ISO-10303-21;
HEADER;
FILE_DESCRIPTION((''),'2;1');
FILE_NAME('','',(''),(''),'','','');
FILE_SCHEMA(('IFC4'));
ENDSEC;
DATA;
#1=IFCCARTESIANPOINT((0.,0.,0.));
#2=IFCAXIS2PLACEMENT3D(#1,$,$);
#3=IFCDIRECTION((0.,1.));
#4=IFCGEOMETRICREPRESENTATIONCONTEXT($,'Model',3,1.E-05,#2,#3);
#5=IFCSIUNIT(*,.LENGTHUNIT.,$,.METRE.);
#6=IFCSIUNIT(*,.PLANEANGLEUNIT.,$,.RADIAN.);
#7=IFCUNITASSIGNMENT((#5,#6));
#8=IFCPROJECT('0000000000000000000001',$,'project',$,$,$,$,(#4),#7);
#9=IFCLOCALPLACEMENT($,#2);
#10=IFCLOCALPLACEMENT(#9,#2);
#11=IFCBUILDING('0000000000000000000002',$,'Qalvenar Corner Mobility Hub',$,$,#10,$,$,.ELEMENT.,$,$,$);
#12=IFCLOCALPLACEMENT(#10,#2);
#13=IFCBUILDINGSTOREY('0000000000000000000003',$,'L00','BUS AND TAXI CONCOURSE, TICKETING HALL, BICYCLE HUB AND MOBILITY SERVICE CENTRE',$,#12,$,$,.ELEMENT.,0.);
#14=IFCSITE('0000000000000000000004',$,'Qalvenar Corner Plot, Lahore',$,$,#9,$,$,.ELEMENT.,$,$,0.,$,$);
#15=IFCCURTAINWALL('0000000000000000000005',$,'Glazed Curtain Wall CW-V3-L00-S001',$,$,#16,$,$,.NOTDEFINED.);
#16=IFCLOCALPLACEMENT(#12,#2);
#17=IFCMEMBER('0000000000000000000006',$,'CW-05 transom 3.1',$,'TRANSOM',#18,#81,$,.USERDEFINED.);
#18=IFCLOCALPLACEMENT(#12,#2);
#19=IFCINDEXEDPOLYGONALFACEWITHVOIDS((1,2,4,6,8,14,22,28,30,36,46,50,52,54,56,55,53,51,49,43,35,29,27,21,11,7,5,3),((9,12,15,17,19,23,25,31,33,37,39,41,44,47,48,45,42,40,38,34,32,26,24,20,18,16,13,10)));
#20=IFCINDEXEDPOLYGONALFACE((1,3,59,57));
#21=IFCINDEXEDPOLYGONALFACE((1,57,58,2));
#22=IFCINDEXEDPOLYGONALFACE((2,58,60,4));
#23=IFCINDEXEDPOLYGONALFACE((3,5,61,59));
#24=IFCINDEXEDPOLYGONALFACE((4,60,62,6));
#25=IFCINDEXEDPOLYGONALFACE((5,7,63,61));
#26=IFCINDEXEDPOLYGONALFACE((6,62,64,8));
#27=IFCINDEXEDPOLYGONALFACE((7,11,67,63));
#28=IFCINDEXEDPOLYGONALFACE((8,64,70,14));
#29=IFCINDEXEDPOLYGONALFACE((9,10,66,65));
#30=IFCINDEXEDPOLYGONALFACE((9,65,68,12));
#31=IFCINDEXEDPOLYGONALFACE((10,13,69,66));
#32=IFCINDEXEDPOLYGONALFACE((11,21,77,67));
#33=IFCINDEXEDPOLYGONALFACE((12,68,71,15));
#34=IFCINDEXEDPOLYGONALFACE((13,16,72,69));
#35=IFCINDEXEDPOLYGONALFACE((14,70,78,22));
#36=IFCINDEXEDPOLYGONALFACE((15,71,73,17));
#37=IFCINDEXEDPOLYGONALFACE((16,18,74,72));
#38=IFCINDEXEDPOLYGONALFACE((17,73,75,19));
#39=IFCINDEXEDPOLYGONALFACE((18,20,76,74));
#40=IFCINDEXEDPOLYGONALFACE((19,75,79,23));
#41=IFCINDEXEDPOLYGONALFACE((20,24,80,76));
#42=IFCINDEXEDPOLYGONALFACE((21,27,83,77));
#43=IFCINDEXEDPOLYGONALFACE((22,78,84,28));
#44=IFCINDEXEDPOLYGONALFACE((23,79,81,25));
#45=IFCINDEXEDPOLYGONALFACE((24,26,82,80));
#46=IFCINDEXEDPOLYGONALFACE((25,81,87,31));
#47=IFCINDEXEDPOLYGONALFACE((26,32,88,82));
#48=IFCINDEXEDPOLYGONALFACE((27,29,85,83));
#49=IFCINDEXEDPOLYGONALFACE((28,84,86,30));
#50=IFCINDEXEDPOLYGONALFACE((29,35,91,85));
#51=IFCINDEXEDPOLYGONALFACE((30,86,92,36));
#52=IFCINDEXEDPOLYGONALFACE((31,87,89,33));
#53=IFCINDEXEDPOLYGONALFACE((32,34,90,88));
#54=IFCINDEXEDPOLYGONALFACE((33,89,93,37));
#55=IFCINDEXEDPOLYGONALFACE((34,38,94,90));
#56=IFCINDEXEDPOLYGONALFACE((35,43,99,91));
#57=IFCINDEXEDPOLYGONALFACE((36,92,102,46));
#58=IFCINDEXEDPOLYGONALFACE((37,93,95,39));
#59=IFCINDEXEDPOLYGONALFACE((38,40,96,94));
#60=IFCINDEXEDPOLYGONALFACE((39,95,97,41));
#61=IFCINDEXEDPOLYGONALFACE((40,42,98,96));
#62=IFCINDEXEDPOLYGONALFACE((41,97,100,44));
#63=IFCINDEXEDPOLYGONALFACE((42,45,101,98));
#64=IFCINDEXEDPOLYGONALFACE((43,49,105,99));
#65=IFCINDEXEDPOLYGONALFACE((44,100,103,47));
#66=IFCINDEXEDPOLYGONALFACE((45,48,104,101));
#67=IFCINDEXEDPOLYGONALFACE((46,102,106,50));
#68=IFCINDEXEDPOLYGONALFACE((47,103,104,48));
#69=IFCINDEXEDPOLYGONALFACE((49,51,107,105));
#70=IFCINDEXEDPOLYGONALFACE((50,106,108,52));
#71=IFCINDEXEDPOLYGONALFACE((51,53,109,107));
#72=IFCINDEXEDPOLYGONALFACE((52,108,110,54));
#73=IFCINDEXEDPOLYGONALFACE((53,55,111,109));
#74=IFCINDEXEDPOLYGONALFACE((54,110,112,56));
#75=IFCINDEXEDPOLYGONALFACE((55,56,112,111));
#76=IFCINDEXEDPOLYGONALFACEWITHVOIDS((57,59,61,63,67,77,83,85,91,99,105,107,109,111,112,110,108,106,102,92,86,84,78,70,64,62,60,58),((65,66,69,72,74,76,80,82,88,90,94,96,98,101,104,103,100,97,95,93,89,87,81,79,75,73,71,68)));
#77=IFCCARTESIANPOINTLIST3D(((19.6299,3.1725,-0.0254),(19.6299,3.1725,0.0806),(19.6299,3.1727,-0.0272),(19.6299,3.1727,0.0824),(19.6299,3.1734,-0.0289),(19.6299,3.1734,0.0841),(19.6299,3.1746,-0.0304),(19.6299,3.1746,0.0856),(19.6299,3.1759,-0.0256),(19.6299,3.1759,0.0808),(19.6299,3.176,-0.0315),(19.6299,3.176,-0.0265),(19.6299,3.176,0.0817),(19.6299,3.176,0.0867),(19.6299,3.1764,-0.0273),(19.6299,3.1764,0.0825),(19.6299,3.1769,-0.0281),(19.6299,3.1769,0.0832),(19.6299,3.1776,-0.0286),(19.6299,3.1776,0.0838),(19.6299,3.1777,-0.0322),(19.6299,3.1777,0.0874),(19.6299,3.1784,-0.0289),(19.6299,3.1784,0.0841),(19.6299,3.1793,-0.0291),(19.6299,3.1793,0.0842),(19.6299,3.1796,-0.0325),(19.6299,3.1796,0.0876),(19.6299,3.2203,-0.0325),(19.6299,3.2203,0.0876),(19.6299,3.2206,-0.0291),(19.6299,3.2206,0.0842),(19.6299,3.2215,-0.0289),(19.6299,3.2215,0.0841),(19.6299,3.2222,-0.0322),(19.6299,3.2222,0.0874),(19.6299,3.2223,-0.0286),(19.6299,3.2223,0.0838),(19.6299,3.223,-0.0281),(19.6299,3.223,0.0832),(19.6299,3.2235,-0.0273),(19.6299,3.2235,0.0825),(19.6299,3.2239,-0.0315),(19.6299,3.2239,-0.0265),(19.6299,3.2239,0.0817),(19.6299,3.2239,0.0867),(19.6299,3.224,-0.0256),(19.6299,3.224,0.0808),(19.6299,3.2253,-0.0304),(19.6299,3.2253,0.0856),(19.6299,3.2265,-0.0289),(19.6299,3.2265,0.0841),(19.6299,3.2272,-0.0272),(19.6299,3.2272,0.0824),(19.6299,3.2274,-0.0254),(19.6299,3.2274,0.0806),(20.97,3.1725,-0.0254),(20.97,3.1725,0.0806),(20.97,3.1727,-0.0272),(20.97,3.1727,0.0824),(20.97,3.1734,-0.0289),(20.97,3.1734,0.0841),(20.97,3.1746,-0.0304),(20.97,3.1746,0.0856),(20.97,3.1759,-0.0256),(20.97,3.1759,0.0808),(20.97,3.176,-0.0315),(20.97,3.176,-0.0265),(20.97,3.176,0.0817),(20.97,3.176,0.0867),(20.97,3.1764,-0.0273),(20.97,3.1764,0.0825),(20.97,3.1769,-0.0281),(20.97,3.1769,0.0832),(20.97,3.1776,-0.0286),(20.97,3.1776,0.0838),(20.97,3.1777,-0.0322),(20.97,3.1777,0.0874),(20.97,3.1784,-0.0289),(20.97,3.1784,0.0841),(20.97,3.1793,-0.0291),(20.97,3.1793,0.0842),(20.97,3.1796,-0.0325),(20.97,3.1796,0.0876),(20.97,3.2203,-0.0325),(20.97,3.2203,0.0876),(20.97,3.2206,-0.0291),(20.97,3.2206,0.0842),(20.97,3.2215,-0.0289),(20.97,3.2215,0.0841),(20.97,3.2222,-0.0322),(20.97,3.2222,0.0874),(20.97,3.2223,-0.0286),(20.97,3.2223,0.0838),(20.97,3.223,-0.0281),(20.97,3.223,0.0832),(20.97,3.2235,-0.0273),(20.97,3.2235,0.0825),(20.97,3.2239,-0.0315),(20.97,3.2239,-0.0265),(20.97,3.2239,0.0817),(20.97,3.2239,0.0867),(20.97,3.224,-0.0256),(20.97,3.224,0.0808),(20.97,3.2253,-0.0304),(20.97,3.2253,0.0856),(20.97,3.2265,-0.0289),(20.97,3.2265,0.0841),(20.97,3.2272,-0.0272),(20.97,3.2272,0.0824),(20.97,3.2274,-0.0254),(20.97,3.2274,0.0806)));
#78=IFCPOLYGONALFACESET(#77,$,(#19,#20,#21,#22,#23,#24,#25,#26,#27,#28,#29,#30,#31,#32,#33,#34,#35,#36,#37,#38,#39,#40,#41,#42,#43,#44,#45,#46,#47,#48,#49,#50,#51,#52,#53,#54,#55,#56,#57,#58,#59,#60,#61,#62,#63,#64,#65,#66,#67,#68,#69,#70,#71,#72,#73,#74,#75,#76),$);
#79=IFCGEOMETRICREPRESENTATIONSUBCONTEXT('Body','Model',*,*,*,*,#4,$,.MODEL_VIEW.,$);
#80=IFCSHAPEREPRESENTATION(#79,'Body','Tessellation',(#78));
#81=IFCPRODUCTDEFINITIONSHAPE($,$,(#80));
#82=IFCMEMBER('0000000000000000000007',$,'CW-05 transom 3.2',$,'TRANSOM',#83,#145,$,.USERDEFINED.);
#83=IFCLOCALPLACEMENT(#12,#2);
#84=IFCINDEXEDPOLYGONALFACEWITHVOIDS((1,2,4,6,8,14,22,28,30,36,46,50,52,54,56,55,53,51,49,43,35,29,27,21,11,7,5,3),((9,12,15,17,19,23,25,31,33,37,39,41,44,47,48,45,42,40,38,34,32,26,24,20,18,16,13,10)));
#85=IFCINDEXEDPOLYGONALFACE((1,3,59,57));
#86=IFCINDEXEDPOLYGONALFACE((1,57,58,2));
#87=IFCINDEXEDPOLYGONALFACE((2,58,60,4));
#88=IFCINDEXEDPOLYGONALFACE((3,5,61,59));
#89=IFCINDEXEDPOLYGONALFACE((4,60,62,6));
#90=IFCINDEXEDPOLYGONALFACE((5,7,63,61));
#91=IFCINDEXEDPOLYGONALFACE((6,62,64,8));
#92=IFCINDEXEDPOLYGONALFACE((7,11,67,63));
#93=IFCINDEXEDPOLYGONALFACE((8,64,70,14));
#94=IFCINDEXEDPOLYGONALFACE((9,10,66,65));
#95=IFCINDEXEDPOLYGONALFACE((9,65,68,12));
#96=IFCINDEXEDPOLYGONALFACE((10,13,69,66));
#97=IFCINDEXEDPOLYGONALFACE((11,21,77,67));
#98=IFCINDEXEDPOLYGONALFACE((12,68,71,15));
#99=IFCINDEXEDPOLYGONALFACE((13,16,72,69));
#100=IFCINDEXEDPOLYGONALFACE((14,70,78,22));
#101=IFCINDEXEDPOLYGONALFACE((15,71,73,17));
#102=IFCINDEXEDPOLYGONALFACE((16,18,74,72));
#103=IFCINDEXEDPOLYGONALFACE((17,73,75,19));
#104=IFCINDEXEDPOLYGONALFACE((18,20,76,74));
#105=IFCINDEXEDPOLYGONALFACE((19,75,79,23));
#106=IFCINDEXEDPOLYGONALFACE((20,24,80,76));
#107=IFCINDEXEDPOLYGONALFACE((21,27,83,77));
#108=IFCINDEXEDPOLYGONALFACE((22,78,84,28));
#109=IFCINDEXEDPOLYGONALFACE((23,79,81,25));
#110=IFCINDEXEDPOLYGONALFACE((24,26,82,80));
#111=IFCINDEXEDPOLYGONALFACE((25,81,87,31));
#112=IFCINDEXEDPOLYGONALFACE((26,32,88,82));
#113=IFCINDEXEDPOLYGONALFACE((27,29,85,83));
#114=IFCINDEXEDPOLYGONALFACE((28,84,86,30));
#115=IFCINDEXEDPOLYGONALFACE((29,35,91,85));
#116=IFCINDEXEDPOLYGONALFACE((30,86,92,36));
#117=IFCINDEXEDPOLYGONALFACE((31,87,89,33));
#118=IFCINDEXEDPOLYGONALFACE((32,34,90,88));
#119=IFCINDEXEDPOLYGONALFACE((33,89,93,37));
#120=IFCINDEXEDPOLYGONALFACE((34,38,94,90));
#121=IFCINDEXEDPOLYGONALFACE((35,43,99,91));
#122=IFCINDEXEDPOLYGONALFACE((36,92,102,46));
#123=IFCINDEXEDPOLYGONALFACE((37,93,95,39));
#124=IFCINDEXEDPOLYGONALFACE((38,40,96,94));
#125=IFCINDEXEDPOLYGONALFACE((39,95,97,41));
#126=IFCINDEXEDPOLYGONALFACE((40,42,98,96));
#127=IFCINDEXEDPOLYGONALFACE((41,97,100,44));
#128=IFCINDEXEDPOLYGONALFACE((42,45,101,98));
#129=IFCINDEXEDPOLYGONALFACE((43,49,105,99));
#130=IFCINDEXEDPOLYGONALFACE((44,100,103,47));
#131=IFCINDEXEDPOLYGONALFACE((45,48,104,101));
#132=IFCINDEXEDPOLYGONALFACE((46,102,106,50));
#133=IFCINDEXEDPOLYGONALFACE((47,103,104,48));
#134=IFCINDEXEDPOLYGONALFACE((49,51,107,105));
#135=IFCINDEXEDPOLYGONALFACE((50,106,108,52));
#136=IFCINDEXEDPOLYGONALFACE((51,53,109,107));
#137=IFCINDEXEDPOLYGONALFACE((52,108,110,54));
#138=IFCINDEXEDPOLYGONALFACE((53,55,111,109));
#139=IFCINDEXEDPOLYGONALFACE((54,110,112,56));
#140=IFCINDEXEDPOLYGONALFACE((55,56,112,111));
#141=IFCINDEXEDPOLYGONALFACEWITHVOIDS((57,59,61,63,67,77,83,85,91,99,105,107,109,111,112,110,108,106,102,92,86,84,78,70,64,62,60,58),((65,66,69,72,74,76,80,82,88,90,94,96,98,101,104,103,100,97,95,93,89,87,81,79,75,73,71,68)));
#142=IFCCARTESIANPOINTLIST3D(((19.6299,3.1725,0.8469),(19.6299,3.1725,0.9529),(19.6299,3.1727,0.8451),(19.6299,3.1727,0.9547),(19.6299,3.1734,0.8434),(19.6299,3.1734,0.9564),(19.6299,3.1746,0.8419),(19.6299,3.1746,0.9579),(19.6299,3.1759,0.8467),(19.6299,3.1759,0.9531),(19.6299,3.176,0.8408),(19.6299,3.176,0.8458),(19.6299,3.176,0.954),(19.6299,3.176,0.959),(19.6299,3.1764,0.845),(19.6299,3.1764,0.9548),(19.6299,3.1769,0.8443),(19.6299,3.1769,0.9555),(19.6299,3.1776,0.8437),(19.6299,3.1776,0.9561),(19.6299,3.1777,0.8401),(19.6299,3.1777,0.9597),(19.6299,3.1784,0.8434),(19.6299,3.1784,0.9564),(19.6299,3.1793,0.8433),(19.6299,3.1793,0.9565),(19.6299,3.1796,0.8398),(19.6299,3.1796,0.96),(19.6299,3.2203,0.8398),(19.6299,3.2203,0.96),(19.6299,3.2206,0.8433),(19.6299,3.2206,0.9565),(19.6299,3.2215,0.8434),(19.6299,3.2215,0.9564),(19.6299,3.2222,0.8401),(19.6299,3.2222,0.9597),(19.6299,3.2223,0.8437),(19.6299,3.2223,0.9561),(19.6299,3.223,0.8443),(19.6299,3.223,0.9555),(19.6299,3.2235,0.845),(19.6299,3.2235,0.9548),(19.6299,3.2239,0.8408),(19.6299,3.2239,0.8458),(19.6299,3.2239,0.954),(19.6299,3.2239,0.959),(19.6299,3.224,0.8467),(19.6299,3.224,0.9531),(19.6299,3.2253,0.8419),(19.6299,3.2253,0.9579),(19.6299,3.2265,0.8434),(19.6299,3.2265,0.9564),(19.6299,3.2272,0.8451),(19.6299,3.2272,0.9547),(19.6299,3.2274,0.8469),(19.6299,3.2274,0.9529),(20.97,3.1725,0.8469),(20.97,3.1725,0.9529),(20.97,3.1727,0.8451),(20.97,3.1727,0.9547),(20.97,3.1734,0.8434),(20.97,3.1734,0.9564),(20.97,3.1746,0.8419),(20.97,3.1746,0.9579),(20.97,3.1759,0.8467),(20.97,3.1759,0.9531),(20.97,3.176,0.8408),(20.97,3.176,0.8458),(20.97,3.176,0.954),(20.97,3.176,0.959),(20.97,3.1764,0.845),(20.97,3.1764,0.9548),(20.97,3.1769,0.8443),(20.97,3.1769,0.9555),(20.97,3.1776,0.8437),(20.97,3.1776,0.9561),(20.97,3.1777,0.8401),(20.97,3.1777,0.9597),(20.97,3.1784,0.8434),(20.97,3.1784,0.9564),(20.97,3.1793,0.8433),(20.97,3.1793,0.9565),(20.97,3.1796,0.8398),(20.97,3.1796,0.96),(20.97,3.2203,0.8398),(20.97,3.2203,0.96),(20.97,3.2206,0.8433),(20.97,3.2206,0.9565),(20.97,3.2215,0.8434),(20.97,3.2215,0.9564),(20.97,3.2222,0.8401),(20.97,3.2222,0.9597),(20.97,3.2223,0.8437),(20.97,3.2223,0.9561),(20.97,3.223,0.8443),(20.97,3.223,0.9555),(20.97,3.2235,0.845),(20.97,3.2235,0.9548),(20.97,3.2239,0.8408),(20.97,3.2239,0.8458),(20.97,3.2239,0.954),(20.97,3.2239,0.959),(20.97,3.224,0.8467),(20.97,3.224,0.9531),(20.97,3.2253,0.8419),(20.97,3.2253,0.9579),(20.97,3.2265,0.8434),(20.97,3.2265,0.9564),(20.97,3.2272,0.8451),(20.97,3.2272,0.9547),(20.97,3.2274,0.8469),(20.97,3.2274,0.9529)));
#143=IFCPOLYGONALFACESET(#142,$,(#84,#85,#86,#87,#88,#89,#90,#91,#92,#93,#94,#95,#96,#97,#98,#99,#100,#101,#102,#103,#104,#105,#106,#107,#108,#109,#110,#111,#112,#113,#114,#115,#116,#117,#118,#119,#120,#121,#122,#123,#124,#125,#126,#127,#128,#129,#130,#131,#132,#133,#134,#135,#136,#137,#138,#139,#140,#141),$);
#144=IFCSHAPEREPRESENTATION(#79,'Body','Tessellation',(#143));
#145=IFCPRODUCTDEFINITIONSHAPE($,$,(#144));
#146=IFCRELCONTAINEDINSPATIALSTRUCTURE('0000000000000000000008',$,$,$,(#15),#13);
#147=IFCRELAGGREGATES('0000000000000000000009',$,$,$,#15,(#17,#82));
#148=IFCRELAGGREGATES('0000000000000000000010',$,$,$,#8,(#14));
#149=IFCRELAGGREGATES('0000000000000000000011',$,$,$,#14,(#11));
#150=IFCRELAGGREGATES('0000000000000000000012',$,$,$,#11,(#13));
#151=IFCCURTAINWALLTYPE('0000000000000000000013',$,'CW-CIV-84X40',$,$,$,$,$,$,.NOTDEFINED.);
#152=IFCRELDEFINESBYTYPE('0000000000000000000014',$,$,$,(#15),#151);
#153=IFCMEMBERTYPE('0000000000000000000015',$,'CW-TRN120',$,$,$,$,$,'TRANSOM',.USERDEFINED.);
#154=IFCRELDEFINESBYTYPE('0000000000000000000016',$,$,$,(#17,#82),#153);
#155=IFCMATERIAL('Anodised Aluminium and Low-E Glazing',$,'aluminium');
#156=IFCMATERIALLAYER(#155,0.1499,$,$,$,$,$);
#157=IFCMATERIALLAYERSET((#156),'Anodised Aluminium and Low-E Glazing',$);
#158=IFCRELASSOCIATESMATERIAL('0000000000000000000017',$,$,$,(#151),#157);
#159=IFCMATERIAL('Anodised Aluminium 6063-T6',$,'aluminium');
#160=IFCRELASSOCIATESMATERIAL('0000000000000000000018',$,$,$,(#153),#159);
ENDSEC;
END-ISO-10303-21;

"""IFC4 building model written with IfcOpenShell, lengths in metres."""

from ifc_helpers import new_model, si_unit, direction, frame, origin, origin_2d, place, context, subcontext, project, spatial, hollow_rectangle, extrude, material, layer, layer_set, material_profile, profile_set, type_object, element, aggregate, save


model = new_model("IFC4")

# Units and contexts
model_context = context("Model", 3, precision=1e-05, world=origin(), true_north=direction((0.0, 1.0)))
body_context = subcontext(model_context, "Body", "Model", "MODEL_VIEW")
ifc_project = project(units=[si_unit("LENGTHUNIT", "METRE"), si_unit("PLANEANGLEUNIT", "RADIAN")], contexts=[model_context])

# Site, building, storey
site_placement = place(None, origin())
site = spatial("IfcSite", under=ifc_project, at=site_placement, Name="Qalvenar Corner Plot, Lahore", CompositionType="ELEMENT", RefElevation=0.0)
building_placement = place(site_placement, origin())
building = spatial("IfcBuilding", under=site, at=building_placement, Name="Qalvenar Corner Mobility Hub", CompositionType="ELEMENT")
storey_placement = place(building_placement, origin())
storey = spatial("IfcBuildingStorey", under=building, at=storey_placement, Name="L00", Description="BUS AND TAXI CONCOURSE, TICKETING HALL, BICYCLE HUB AND MOBILITY SERVICE CENTRE", CompositionType="ELEMENT", Elevation=0.0)

# Curtain wall, members
ifc_material_1 = material(Name="Anodised Aluminium and Low-E Glazing", Category="aluminium")
ifc_layer_1 = layer(ifc_material_1, 0.1499)
ifc_layer_set_1 = layer_set([ifc_layer_1], Name="Anodised Aluminium and Low-E Glazing")
curtain_wall_type = type_object("IfcCurtainWallType", Name="CW-CIV-84X40", PredefinedType="NOTDEFINED", material=ifc_layer_set_1)
curtain_wall_placement = place(storey_placement, origin())
curtain_wall = element("IfcCurtainWall", 1, at=curtain_wall_placement, inside=storey, type_object=curtain_wall_type, Name="Glazed Curtain Wall CW-V3-L00-S001", PredefinedType="NOTDEFINED")
ifc_material_2 = material(Name="Anodised Aluminium 6063-T6", Category="aluminium")
ifc_material_profile_1 = material_profile(ifc_material_2, hollow_rectangle(XDim=0.0549, YDim=0.1201, WallThickness=0.0034, InnerFilletRadius=0.0034, OuterFilletRadius=0.0071, at=origin_2d()), Name="RHS120x55x3.5")
ifc_profile_set_1 = profile_set([ifc_material_profile_1], Name="Anodised Aluminium 6063-T6")
member_type_1 = type_object("IfcMemberType", Name="CW-TRN120", ElementType="TRANSOM", PredefinedType="USERDEFINED", material=ifc_profile_set_1)
member_1_placement = place(storey_placement, frame((19.6299, 3.2, 0.0276), z_axis=(1.0, 0.0, 0.0), x_axis=(0.0, 1.0, 0.0)))
member_1 = element("IfcMember", 2, at=member_1_placement, type_object=member_type_1, Name="CW-05 transom 3.1", ObjectType="TRANSOM", PredefinedType="USERDEFINED", context=body_context, shape_type="SweptSolid", body=[
    extrude(hollow_rectangle(XDim=0.0549, YDim=0.1201, WallThickness=0.0034, InnerFilletRadius=0.0034, OuterFilletRadius=0.0071, at=origin_2d()), origin(), (0.0, 0.0, 1.0), 1.3401),
])
member_2_placement = place(storey_placement, frame((19.6299, 3.2, 0.8999), z_axis=(1.0, 0.0, 0.0), x_axis=(0.0, 1.0, 0.0)))
member_2 = element("IfcMember", 3, at=member_2_placement, type_object=member_type_1, Name="CW-05 transom 3.2", ObjectType="TRANSOM", PredefinedType="USERDEFINED", context=body_context, shape_type="SweptSolid", body=[
    extrude(hollow_rectangle(XDim=0.0549, YDim=0.1201, WallThickness=0.0034, InnerFilletRadius=0.0034, OuterFilletRadius=0.0071, at=origin_2d()), origin(), (0.0, 0.0, 1.0), 1.3401),
])
aggregate(curtain_wall, [member_1, member_2])

save(model, "model.ifc")
